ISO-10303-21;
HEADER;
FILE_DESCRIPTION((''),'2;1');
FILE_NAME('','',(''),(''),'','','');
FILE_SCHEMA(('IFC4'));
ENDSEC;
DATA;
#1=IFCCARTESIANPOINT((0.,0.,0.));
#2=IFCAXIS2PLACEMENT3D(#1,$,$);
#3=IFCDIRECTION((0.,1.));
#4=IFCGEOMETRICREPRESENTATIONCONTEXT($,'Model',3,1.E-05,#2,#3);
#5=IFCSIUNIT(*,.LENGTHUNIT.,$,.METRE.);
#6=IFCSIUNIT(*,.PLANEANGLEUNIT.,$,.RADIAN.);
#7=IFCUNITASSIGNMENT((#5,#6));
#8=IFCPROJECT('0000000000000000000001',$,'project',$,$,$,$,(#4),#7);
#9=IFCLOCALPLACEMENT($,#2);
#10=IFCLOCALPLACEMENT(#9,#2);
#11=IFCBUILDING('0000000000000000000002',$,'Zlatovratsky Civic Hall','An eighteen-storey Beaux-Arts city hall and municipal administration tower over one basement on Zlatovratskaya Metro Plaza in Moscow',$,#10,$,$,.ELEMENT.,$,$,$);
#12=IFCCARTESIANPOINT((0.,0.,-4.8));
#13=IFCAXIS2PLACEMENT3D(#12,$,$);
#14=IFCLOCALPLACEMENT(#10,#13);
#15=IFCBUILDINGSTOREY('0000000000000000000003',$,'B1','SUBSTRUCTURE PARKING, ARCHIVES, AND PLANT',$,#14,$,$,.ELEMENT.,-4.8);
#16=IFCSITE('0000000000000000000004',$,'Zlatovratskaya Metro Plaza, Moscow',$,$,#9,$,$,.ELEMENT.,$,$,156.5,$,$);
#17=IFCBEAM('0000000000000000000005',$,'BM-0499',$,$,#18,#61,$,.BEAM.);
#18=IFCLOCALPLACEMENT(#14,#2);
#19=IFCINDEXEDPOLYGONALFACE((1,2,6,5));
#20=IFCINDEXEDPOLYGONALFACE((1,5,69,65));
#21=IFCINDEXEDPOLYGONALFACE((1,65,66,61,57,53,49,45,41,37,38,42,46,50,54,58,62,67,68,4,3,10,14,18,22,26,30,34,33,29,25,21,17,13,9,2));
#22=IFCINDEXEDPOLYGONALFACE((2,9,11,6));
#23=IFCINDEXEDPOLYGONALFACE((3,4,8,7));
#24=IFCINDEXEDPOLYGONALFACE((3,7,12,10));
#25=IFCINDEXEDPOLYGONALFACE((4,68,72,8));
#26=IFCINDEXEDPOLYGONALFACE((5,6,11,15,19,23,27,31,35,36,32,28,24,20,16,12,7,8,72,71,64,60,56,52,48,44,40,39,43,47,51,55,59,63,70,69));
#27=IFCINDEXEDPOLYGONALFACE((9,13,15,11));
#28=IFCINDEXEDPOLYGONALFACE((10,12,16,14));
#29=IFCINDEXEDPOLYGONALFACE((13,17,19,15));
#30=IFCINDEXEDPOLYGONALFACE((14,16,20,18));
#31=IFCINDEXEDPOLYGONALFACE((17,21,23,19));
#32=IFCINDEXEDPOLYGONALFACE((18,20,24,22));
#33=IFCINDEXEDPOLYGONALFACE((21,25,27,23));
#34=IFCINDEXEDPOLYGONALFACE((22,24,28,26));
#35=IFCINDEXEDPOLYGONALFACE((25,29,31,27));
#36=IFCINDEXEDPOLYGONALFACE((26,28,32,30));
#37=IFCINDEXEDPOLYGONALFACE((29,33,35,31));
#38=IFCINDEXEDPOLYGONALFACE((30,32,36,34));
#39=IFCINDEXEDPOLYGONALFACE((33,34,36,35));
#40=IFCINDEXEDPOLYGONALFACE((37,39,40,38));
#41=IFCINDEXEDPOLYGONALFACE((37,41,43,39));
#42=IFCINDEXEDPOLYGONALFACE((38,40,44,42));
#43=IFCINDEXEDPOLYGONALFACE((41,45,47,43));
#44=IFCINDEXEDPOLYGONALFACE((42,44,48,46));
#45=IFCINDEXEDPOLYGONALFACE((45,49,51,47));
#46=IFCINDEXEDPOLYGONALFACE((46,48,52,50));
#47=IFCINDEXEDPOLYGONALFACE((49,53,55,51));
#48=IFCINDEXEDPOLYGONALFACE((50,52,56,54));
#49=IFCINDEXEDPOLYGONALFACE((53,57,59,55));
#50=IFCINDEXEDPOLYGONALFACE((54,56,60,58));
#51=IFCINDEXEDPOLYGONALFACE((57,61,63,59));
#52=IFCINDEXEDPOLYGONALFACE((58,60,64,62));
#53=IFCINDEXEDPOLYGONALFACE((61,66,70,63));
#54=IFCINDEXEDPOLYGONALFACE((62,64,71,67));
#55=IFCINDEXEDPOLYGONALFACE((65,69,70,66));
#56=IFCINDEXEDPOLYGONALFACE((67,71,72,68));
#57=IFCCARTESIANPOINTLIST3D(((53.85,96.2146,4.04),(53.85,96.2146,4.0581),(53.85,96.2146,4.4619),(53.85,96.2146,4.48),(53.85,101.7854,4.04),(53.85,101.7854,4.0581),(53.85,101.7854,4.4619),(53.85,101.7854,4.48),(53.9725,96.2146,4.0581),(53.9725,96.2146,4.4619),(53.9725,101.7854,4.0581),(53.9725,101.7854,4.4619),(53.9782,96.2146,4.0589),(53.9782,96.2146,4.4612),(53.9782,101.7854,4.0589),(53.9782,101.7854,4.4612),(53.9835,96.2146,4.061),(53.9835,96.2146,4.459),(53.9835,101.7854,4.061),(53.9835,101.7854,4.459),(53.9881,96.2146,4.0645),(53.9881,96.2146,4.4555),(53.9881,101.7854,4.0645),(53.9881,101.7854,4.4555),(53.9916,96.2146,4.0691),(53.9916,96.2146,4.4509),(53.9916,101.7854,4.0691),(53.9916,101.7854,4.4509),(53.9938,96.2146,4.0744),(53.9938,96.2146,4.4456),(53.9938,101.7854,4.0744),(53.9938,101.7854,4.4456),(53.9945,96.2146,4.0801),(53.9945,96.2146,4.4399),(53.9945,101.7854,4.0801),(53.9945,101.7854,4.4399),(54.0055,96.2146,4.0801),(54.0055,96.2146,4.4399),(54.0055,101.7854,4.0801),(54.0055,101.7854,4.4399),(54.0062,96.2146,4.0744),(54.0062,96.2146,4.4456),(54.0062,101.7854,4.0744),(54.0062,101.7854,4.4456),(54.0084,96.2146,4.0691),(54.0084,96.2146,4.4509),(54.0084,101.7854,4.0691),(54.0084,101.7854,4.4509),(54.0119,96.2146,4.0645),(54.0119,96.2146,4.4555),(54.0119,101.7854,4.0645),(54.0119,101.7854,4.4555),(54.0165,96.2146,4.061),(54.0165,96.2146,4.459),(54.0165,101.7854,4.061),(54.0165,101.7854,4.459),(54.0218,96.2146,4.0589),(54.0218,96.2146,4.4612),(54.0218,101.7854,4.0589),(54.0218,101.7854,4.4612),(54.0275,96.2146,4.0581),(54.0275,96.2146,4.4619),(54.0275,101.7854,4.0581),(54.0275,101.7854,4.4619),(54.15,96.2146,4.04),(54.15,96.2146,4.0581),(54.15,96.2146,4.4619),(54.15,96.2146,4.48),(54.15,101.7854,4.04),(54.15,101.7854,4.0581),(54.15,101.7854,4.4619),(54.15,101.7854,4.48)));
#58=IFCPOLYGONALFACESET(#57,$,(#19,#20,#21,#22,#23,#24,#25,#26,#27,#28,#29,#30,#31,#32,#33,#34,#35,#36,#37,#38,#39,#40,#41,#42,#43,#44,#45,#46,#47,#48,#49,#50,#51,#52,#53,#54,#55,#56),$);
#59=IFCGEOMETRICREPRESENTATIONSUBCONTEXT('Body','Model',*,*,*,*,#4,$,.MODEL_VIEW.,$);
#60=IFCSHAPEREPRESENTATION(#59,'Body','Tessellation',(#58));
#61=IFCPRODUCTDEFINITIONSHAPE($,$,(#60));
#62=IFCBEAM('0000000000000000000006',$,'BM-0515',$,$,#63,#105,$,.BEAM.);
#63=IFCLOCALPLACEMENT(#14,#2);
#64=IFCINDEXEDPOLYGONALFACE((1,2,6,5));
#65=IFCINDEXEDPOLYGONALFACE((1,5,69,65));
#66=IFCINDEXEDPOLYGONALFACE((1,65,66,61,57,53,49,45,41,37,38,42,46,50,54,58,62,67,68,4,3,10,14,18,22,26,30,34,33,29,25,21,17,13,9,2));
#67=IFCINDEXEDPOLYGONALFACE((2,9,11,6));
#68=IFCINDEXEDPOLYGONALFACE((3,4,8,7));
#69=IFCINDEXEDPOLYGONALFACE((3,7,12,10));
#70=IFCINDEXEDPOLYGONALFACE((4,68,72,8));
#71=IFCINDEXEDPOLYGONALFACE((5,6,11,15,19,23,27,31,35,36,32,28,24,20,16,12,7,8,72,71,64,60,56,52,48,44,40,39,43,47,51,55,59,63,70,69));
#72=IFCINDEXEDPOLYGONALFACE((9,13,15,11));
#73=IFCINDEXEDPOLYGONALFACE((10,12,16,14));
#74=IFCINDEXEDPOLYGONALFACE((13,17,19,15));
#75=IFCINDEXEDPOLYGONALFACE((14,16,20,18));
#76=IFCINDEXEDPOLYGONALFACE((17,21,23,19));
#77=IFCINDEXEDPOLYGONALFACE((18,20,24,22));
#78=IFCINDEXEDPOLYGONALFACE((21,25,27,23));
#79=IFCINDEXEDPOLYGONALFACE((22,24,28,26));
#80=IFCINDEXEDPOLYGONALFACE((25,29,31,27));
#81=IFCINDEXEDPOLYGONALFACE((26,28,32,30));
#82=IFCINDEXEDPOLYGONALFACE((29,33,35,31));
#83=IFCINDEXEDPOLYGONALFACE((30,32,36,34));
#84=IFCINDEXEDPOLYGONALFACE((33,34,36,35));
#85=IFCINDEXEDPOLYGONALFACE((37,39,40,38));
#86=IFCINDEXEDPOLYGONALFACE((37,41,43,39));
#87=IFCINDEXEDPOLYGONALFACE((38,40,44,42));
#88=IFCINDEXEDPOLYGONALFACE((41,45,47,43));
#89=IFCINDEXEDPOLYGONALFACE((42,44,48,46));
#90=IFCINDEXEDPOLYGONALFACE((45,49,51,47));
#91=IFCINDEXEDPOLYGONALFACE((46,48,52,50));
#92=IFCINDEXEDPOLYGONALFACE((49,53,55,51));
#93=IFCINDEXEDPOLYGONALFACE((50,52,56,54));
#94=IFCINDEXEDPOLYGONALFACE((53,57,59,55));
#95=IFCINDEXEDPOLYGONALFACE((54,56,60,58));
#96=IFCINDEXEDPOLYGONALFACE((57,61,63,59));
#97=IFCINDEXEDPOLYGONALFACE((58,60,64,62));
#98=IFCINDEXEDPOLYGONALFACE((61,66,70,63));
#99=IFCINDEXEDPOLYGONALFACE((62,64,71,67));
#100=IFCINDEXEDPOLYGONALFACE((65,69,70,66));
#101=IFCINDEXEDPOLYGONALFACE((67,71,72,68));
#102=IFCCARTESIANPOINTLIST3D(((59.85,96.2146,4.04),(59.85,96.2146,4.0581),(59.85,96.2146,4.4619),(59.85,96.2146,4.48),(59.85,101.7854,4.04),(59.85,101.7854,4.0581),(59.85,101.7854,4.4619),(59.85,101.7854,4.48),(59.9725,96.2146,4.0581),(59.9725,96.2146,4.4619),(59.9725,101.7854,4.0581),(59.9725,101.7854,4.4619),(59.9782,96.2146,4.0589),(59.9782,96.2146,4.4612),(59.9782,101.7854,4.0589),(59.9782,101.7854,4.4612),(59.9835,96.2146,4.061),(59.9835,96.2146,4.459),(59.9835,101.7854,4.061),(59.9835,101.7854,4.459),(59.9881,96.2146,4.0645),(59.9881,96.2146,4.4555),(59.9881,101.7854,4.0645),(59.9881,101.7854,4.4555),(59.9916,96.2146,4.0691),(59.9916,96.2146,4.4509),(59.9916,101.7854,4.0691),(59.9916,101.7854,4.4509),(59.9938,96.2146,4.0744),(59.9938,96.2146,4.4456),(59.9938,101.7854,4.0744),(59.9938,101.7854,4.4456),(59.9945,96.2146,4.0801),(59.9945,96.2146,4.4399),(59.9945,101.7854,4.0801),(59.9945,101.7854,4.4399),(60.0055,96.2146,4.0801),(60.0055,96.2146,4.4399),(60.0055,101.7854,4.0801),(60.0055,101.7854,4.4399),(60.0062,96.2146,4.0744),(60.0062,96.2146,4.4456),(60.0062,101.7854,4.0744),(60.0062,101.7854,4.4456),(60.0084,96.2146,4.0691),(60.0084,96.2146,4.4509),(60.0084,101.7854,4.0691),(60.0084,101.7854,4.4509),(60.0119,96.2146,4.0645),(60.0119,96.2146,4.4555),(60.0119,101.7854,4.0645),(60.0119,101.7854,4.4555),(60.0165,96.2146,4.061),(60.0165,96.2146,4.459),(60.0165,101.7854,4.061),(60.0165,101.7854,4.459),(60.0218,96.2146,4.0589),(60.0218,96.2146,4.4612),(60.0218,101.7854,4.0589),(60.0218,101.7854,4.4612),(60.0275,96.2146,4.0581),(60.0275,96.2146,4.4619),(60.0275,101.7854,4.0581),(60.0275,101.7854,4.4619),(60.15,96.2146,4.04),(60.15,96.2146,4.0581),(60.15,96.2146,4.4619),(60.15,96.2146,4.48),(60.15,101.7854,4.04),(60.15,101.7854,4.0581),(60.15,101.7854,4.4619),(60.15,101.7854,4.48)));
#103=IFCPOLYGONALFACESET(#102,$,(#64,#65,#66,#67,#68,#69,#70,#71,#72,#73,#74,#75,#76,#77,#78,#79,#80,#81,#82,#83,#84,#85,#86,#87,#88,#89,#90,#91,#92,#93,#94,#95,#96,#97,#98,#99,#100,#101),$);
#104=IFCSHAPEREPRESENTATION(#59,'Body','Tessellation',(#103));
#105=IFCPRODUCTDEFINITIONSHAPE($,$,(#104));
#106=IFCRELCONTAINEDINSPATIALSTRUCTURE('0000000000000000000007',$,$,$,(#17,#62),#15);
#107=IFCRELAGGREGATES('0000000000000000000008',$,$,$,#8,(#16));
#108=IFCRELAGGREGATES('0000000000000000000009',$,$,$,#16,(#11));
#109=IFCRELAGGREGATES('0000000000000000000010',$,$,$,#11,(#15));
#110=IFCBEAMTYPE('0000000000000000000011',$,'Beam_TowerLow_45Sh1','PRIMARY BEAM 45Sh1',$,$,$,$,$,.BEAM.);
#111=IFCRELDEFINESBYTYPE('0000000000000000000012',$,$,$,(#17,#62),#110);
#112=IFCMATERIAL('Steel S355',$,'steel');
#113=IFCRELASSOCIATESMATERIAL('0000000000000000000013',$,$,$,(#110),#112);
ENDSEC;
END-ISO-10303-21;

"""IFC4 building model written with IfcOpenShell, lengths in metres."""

from ifc_helpers import new_model, si_unit, direction, frame, origin, origin_2d, place, context, subcontext, project, spatial, i_section, extrude, material, material_profile, profile_set, type_object, element, save


model = new_model("IFC4")

# Units and contexts
model_context = context("Model", 3, precision=1e-05, world=origin(), true_north=direction((0.0, 1.0)))
body_context = subcontext(model_context, "Body", "Model", "MODEL_VIEW")
ifc_project = project(units=[si_unit("LENGTHUNIT", "METRE"), si_unit("PLANEANGLEUNIT", "RADIAN")], contexts=[model_context])

# Site, building, storey
site_placement = place(None, origin())
site = spatial("IfcSite", under=ifc_project, at=site_placement, Name="Zlatovratskaya Metro Plaza, Moscow", CompositionType="ELEMENT", RefElevation=156.5)
building_placement = place(site_placement, origin())
building = spatial("IfcBuilding", under=site, at=building_placement, Name="Zlatovratsky Civic Hall", Description="An eighteen-storey Beaux-Arts city hall and municipal administration tower over one basement on Zlatovratskaya Metro Plaza in Moscow", CompositionType="ELEMENT")
storey_placement = place(building_placement, frame((0.0, 0.0, -4.8)))
storey = spatial("IfcBuildingStorey", under=building, at=storey_placement, Name="B1", Description="SUBSTRUCTURE PARKING, ARCHIVES, AND PLANT", CompositionType="ELEMENT", Elevation=-4.8)

# Shared definitions
ifc_material_1 = material(Name="Steel S355", Category="steel")

# Beams
ifc_material_profile_1 = material_profile(ifc_material_1, i_section(OverallWidth=0.3, OverallDepth=0.4399, WebThickness=0.011, FlangeThickness=0.0181, FilletRadius=0.022, at=origin_2d()), Name="45Sh1")
ifc_profile_set_1 = profile_set([ifc_material_profile_1], Name="Steel S355")
beam_type = type_object("IfcBeamType", Name="Beam_TowerLow_45Sh1", Description="PRIMARY BEAM 45Sh1", PredefinedType="BEAM", material=ifc_profile_set_1)
for number, where, z_axis, x_axis, name in (
    (1, (54.0, 96.2146, 4.26), (0.0, 1.0, 0.0), (-1.0, 0.0, 0.0), "BM-0499"),
    (2, (60.0, 96.2146, 4.26), (0.0, 1.0, 0.0), (-1.0, 0.0, 0.0), "BM-0515"),
):
    element("IfcBeam", number, at=place(storey_placement, frame(where, z_axis=z_axis, x_axis=x_axis)), inside=storey, type_object=beam_type, Name=name, PredefinedType="BEAM", context=body_context, shape_type="SweptSolid", body=[
        extrude(i_section(OverallWidth=0.3, OverallDepth=0.4399, WebThickness=0.011, FlangeThickness=0.0181, FilletRadius=0.022, at=origin_2d()), origin(), (0.0, 0.0, 1.0), 5.5708),
    ])

save(model, "model.ifc")
